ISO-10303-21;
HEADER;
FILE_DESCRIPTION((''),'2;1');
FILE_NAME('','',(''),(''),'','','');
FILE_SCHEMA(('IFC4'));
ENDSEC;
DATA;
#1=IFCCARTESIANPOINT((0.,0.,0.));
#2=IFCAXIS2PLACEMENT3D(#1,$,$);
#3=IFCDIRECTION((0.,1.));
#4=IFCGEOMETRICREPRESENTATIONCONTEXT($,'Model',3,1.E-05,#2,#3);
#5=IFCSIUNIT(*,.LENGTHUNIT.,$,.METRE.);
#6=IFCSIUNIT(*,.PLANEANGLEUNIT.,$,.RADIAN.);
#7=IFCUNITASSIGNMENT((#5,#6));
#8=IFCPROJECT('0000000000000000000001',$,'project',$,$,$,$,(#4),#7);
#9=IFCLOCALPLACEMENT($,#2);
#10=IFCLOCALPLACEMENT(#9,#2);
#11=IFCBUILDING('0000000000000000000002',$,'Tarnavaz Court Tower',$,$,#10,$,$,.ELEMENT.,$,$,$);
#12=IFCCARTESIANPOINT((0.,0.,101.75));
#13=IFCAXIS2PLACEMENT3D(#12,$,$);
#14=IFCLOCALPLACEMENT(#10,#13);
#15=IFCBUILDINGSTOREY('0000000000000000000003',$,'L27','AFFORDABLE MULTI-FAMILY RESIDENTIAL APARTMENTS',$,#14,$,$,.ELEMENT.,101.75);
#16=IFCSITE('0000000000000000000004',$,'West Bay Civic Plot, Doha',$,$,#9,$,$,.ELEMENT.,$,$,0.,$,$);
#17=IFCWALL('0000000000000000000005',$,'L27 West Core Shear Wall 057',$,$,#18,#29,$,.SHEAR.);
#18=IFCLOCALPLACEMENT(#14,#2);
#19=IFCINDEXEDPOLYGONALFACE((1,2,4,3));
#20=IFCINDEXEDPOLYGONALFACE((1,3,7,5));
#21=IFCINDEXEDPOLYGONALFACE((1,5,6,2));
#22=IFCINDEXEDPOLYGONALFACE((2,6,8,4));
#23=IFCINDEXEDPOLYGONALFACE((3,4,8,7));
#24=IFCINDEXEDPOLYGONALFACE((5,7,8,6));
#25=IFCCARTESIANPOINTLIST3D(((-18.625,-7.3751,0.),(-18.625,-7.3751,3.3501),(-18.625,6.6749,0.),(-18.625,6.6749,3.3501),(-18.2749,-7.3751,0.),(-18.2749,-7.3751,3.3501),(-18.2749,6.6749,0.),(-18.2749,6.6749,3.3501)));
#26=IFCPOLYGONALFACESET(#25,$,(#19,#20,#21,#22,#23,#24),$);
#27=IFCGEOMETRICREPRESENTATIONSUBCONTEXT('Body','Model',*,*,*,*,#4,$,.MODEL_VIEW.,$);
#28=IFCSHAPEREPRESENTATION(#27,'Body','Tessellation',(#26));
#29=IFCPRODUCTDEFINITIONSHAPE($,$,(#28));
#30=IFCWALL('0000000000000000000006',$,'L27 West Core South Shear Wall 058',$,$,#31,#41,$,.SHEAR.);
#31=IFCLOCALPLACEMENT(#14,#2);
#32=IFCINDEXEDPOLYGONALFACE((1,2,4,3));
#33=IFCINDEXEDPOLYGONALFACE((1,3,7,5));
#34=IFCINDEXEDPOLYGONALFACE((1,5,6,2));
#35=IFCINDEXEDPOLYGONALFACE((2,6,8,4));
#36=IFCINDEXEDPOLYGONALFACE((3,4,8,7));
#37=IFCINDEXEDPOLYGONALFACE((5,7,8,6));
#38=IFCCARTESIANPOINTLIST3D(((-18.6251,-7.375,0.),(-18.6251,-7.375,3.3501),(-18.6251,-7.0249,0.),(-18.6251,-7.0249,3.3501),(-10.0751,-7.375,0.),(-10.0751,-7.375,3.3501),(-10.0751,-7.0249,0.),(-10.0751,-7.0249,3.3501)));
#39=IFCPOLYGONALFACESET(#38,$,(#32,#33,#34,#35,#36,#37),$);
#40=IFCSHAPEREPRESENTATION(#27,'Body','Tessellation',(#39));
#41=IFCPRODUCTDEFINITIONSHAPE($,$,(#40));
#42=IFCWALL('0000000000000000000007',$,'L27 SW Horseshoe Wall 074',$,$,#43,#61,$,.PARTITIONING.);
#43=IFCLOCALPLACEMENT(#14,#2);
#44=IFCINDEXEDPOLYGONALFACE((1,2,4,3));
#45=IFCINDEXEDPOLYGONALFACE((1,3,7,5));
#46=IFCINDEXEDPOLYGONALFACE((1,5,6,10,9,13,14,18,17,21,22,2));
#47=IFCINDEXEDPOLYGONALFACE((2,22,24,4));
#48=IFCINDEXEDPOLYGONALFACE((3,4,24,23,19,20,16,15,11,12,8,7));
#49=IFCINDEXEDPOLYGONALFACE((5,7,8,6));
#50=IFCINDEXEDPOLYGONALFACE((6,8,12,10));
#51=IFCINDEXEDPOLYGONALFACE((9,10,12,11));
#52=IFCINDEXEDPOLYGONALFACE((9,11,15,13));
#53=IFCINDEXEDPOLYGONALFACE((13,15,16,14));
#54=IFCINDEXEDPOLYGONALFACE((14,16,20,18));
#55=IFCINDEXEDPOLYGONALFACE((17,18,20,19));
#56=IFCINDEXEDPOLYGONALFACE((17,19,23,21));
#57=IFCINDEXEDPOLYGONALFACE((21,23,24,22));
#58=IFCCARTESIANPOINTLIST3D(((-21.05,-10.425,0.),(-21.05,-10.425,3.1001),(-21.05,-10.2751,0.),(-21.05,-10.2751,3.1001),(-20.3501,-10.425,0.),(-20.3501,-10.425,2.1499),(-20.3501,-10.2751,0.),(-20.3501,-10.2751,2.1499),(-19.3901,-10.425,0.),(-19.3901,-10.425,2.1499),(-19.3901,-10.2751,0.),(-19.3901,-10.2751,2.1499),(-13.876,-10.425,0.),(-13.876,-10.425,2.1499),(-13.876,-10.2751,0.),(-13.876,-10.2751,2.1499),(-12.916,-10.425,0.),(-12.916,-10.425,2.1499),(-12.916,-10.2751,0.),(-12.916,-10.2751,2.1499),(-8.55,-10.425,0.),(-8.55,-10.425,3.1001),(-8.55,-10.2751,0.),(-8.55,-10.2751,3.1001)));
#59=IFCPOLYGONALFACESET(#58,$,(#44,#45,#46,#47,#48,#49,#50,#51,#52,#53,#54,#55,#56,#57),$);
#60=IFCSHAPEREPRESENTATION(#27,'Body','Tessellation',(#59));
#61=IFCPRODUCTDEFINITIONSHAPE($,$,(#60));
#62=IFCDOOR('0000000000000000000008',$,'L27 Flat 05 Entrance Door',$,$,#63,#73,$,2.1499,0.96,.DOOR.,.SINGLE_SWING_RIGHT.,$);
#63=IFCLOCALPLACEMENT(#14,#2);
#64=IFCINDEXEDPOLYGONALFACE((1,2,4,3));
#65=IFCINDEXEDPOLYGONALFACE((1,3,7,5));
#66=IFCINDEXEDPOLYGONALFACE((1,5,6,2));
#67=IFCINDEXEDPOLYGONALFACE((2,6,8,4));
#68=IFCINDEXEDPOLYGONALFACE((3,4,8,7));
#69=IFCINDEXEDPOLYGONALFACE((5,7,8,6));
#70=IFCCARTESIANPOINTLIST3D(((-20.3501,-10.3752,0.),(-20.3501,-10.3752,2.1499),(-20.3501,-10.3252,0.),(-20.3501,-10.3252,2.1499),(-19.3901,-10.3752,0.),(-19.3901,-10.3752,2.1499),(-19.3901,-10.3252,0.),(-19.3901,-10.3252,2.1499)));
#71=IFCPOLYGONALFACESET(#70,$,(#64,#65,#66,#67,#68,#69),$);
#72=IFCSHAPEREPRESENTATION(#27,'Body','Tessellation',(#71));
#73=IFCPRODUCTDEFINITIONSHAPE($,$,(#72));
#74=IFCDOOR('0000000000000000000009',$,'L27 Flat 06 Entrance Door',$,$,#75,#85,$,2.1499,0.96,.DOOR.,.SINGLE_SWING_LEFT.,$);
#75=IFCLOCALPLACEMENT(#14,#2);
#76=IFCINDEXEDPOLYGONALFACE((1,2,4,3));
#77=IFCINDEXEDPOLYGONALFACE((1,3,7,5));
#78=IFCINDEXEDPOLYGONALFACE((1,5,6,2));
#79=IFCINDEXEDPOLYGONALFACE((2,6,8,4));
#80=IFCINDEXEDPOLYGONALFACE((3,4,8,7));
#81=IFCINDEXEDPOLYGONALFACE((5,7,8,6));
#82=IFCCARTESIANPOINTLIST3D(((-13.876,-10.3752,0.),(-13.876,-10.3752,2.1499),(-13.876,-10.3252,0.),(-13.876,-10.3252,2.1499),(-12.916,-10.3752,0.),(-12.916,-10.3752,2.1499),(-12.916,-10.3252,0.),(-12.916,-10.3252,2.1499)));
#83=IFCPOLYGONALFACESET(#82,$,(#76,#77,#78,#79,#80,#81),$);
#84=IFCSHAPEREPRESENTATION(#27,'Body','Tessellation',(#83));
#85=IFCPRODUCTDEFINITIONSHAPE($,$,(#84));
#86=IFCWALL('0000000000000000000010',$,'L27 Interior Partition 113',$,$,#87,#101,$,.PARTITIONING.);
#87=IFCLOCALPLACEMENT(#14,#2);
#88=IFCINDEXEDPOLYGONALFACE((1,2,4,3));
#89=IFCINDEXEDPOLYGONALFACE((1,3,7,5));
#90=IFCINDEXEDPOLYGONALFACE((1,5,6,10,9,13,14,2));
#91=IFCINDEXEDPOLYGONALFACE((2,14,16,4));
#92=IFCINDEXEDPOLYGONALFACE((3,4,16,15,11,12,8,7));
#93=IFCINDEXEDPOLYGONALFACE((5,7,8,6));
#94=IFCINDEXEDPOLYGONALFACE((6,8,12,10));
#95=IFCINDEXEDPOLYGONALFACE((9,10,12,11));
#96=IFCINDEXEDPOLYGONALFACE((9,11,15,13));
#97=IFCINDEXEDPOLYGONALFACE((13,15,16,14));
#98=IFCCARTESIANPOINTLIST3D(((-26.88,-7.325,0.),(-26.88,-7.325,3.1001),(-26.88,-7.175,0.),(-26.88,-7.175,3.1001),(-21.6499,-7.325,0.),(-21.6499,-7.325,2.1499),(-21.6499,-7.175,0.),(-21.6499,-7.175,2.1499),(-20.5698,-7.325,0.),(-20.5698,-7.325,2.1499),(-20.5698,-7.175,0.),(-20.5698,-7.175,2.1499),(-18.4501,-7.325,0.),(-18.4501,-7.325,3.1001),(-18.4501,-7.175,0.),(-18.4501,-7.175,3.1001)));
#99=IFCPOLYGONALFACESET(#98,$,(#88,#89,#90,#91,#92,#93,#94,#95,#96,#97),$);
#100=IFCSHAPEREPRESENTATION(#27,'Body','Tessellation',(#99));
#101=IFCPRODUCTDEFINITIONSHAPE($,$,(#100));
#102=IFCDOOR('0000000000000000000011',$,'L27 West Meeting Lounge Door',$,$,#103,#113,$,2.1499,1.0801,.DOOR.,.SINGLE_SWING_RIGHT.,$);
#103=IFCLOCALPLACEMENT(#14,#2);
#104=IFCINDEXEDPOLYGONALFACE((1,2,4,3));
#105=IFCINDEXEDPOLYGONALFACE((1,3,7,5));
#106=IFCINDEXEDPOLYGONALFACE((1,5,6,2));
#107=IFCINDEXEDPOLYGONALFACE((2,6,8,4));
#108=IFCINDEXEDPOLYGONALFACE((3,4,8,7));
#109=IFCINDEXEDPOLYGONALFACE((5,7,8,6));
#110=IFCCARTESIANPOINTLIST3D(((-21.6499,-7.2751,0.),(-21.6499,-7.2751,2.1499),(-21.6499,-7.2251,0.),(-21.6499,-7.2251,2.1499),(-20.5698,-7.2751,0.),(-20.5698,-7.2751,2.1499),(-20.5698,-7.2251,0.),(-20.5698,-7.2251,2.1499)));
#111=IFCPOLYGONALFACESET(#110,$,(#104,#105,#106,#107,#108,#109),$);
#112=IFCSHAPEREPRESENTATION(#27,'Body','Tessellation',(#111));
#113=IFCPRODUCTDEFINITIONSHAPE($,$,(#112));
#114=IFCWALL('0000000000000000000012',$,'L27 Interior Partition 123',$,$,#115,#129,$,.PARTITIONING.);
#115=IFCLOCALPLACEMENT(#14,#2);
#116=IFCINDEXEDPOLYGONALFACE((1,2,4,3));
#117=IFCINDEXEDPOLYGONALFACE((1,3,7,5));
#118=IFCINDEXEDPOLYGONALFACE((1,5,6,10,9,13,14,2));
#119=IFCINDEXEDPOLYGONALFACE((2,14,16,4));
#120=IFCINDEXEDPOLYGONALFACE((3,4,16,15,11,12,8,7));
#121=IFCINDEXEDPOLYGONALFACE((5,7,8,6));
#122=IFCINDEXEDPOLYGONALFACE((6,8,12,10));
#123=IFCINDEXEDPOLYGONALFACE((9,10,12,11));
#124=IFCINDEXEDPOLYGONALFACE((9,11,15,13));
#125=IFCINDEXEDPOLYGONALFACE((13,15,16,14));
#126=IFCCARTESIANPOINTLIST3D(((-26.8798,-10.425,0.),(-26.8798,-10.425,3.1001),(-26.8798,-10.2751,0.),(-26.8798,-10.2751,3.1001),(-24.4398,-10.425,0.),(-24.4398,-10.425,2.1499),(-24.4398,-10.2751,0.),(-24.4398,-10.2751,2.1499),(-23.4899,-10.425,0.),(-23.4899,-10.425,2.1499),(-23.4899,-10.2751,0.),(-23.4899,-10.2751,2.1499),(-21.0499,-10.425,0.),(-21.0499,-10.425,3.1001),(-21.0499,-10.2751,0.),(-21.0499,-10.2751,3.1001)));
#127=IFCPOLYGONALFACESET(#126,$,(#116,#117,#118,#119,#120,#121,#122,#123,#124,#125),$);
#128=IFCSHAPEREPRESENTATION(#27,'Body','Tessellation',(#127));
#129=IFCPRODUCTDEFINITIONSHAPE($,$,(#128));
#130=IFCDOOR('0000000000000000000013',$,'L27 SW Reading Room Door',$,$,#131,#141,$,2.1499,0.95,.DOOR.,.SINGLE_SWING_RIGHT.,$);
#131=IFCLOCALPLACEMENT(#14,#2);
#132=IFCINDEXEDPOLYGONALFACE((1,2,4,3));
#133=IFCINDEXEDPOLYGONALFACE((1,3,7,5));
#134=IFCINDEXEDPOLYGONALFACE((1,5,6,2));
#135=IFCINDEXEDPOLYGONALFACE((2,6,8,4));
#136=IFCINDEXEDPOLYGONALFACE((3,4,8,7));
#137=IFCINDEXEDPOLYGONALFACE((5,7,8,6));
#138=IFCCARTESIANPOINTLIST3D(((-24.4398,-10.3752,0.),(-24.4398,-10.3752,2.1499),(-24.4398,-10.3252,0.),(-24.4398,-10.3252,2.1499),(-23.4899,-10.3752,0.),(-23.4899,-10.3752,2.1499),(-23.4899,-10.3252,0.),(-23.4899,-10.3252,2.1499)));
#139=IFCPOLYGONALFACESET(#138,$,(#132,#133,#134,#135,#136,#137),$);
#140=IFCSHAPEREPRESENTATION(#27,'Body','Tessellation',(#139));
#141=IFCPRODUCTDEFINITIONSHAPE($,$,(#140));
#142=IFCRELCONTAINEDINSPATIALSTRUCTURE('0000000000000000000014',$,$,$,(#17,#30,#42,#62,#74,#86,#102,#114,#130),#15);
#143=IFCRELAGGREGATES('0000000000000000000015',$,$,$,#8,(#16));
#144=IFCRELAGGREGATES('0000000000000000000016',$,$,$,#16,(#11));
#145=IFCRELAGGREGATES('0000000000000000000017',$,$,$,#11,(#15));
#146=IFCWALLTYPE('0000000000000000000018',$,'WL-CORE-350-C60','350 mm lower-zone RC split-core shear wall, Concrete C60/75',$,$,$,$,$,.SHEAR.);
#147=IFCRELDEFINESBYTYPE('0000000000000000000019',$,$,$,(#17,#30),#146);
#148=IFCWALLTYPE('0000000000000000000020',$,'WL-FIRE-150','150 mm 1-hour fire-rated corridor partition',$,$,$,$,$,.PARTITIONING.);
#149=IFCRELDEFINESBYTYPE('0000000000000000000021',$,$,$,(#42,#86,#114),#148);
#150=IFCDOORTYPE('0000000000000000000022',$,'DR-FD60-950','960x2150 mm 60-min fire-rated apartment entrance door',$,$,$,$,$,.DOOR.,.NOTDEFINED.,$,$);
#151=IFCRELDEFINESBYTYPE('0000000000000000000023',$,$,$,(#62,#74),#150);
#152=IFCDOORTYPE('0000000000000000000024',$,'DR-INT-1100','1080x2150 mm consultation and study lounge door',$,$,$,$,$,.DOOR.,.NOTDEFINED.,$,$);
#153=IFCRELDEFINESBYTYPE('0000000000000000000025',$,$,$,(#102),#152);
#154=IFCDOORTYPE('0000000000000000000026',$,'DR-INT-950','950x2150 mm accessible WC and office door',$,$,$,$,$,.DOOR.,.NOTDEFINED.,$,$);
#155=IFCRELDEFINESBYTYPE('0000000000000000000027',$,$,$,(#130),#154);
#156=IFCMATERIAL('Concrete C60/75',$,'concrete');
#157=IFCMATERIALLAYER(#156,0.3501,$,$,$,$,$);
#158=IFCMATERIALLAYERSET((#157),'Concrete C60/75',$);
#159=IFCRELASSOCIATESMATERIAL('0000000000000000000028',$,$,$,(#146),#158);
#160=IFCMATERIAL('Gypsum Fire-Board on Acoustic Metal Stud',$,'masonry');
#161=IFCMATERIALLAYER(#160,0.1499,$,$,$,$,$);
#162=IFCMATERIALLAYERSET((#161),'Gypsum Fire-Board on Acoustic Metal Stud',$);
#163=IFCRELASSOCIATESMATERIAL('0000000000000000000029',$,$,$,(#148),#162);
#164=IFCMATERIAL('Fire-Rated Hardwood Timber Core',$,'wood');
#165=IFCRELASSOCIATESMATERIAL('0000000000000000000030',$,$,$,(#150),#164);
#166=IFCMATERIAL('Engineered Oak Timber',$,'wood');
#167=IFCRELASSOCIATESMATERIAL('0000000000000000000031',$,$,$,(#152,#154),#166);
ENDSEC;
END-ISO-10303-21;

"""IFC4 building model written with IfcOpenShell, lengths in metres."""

from ifc_helpers import new_model, si_unit, direction, frame, frame_2d, origin, place, context, subcontext, project, spatial, rectangle, extrude, material, layer, layer_set, type_object, element, fill, save


model = new_model("IFC4")

# Units and contexts
model_context = context("Model", 3, precision=1e-05, world=origin(), true_north=direction((0.0, 1.0)))
body_context = subcontext(model_context, "Body", "Model", "MODEL_VIEW")
ifc_project = project(units=[si_unit("LENGTHUNIT", "METRE"), si_unit("PLANEANGLEUNIT", "RADIAN")], contexts=[model_context])

# Site, building, storey
site_placement = place(None, origin())
site = spatial("IfcSite", under=ifc_project, at=site_placement, Name="West Bay Civic Plot, Doha", CompositionType="ELEMENT", RefElevation=0.0)
building_placement = place(site_placement, origin())
building = spatial("IfcBuilding", under=site, at=building_placement, Name="Tarnavaz Court Tower", CompositionType="ELEMENT")
storey_placement = place(building_placement, frame((0.0, 0.0, 101.75)))
storey = spatial("IfcBuildingStorey", under=building, at=storey_placement, Name="L27", Description="AFFORDABLE MULTI-FAMILY RESIDENTIAL APARTMENTS", CompositionType="ELEMENT", Elevation=101.75)

# Shared definitions
ifc_material_1 = material(Name="Concrete C60/75", Category="concrete")

# Walls
ifc_layer_1 = layer(ifc_material_1, 0.3501)
ifc_layer_set_1 = layer_set([ifc_layer_1], Name="Concrete C60/75")
wall_type_1 = type_object("IfcWallType", Name="WL-CORE-350-C60", Description="350 mm lower-zone RC split-core shear wall, Concrete C60/75", PredefinedType="SHEAR", material=ifc_layer_set_1)
wall_1_placement = place(storey_placement, frame((-18.45, -7.375, 0.0), z_axis=(0.0, 0.0, 1.0), x_axis=(0.0, 1.0, 0.0)))
element("IfcWall", 1, at=wall_1_placement, inside=storey, type_object=wall_type_1, Name="L27 West Core Shear Wall 057", PredefinedType="SHEAR", context=body_context, shape_type="SweptSolid", body=[
    extrude(rectangle(XDim=14.05, YDim=0.3501, at=frame_2d((7.0249, 0.0))), origin(), (0.0, 0.0, 1.0), 3.3501),
])
wall_2_placement = place(storey_placement, frame((-18.625, -7.2, 0.0), z_axis=(0.0, 0.0, 1.0), x_axis=(1.0, 0.0, 0.0)))
element("IfcWall", 2, at=wall_2_placement, inside=storey, type_object=wall_type_1, Name="L27 West Core South Shear Wall 058", PredefinedType="SHEAR", context=body_context, shape_type="SweptSolid", body=[
    extrude(rectangle(XDim=8.55, YDim=0.3501, at=frame_2d((4.2749, 0.0))), origin(), (0.0, 0.0, 1.0), 3.3501),
])

# Wall, openings, doors
ifc_material_2 = material(Name="Gypsum Fire-Board on Acoustic Metal Stud", Category="masonry")
ifc_layer_2 = layer(ifc_material_2, 0.1499)
ifc_layer_set_2 = layer_set([ifc_layer_2], Name="Gypsum Fire-Board on Acoustic Metal Stud")
wall_type_2 = type_object("IfcWallType", Name="WL-FIRE-150", Description="150 mm 1-hour fire-rated corridor partition", PredefinedType="PARTITIONING", material=ifc_layer_set_2)
wall_3_placement = place(storey_placement, frame((-21.05, -10.3501, 0.0), z_axis=(0.0, 0.0, 1.0), x_axis=(1.0, 0.0, 0.0)))
wall_3 = element("IfcWall", 3, at=wall_3_placement, inside=storey, type_object=wall_type_2, Name="L27 SW Horseshoe Wall 074", PredefinedType="PARTITIONING", context=body_context, shape_type="SweptSolid", body=[
    extrude(rectangle(XDim=12.5, YDim=0.1499, at=frame_2d((6.25, 0.0))), origin(), (0.0, 0.0, 1.0), 3.1001),
])
opening_1_placement = place(wall_3_placement, frame((0.7, 0.0, 0.0)))
opening_1 = element("IfcOpeningElement", 4, at=opening_1_placement, cuts=wall_3, PredefinedType="OPENING", context=body_context, shape_type="SweptSolid", body=[
    extrude(rectangle(XDim=0.96, YDim=2.1499, at=frame_2d((0.48, 1.075))), frame((0.0, 0.085, 0.0), z_axis=(0.0, -1.0, 0.0), x_axis=(1.0, 0.0, 0.0)), (0.0, 0.0, 1.0), 0.1699),
])
opening_2_placement = place(wall_3_placement, frame((7.1741, 0.0, 0.0)))
opening_2 = element("IfcOpeningElement", 5, at=opening_2_placement, cuts=wall_3, PredefinedType="OPENING", context=body_context, shape_type="SweptSolid", body=[
    extrude(rectangle(XDim=0.96, YDim=2.1499, at=frame_2d((0.48, 1.075))), frame((0.0, 0.085, 0.0), z_axis=(0.0, -1.0, 0.0), x_axis=(1.0, 0.0, 0.0)), (0.0, 0.0, 1.0), 0.1699),
])
ifc_material_3 = material(Name="Fire-Rated Hardwood Timber Core", Category="wood")
door_type_1 = type_object("IfcDoorType", Name="DR-FD60-950", Description="960x2150 mm 60-min fire-rated apartment entrance door", OperationType="NOTDEFINED", PredefinedType="DOOR", material=ifc_material_3)
door_1_placement = place(opening_1_placement, origin())
door_1 = element("IfcDoor", 6, at=door_1_placement, inside=storey, type_object=door_type_1, Name="L27 Flat 05 Entrance Door", OperationType="SINGLE_SWING_RIGHT", OverallHeight=2.1499, OverallWidth=0.96, PredefinedType="DOOR", context=body_context, shape_type="SweptSolid", body=[
    extrude(rectangle(XDim=0.96, YDim=2.1499, at=frame_2d((0.48, 1.075))), frame((0.0, 0.0249, 0.0), z_axis=(0.0, -1.0, 0.0), x_axis=(1.0, 0.0, 0.0)), (0.0, 0.0, 1.0), 0.05),
])
fill(opening_1, door_1)
door_2_placement = place(opening_2_placement, origin())
door_2 = element("IfcDoor", 7, at=door_2_placement, inside=storey, type_object=door_type_1, Name="L27 Flat 06 Entrance Door", OperationType="SINGLE_SWING_LEFT", OverallHeight=2.1499, OverallWidth=0.96, PredefinedType="DOOR", context=body_context, shape_type="SweptSolid", body=[
    extrude(rectangle(XDim=0.96, YDim=2.1499, at=frame_2d((0.48, 1.075))), frame((0.0, 0.0249, 0.0), z_axis=(0.0, -1.0, 0.0), x_axis=(1.0, 0.0, 0.0)), (0.0, 0.0, 1.0), 0.05),
])
fill(opening_2, door_2)

# Walls, openings, doors
wall_4_placement = place(storey_placement, frame((-26.8799, -7.25, 0.0), z_axis=(0.0, 0.0, 1.0), x_axis=(1.0, 0.0, 0.0)))
wall_4 = element("IfcWall", 8, at=wall_4_placement, inside=storey, type_object=wall_type_2, Name="L27 Interior Partition 113", PredefinedType="PARTITIONING", context=body_context, shape_type="SweptSolid", body=[
    extrude(rectangle(XDim=8.4299, YDim=0.1499, at=frame_2d((4.2148, 0.0))), origin(), (0.0, 0.0, 1.0), 3.1001),
])
opening_3_placement = place(wall_4_placement, frame((5.23, 0.0, 0.0)))
opening_3 = element("IfcOpeningElement", 9, at=opening_3_placement, cuts=wall_4, PredefinedType="OPENING", context=body_context, shape_type="SweptSolid", body=[
    extrude(rectangle(XDim=1.0801, YDim=2.1499, at=frame_2d((0.54, 1.075))), frame((0.0, 0.085, 0.0), z_axis=(0.0, -1.0, 0.0), x_axis=(1.0, 0.0, 0.0)), (0.0, 0.0, 1.0), 0.1699),
])
ifc_material_4 = material(Name="Engineered Oak Timber", Category="wood")
door_type_2 = type_object("IfcDoorType", Name="DR-INT-1100", Description="1080x2150 mm consultation and study lounge door", OperationType="NOTDEFINED", PredefinedType="DOOR", material=ifc_material_4)
door_3_placement = place(opening_3_placement, origin())
door_3 = element("IfcDoor", 10, at=door_3_placement, inside=storey, type_object=door_type_2, Name="L27 West Meeting Lounge Door", OperationType="SINGLE_SWING_RIGHT", OverallHeight=2.1499, OverallWidth=1.0801, PredefinedType="DOOR", context=body_context, shape_type="SweptSolid", body=[
    extrude(rectangle(XDim=1.0801, YDim=2.1499, at=frame_2d((0.54, 1.075))), frame((0.0, 0.0249, 0.0), z_axis=(0.0, -1.0, 0.0), x_axis=(1.0, 0.0, 0.0)), (0.0, 0.0, 1.0), 0.05),
])
fill(opening_3, door_3)
wall_5_placement = place(storey_placement, frame((-26.8799, -10.3501, 0.0), z_axis=(0.0, 0.0, 1.0), x_axis=(1.0, 0.0, 0.0)))
wall_5 = element("IfcWall", 11, at=wall_5_placement, inside=storey, type_object=wall_type_2, Name="L27 Interior Partition 123", PredefinedType="PARTITIONING", context=body_context, shape_type="SweptSolid", body=[
    extrude(rectangle(XDim=5.8298, YDim=0.1499, at=frame_2d((2.915, 0.0))), origin(), (0.0, 0.0, 1.0), 3.1001),
])
opening_4_placement = place(wall_5_placement, frame((2.4399, 0.0, 0.0)))
opening_4 = element("IfcOpeningElement", 12, at=opening_4_placement, cuts=wall_5, PredefinedType="OPENING", context=body_context, shape_type="SweptSolid", body=[
    extrude(rectangle(XDim=0.95, YDim=2.1499, at=frame_2d((0.4751, 1.075))), frame((0.0, 0.085, 0.0), z_axis=(0.0, -1.0, 0.0), x_axis=(1.0, 0.0, 0.0)), (0.0, 0.0, 1.0), 0.1699),
])
door_type_3 = type_object("IfcDoorType", Name="DR-INT-950", Description="950x2150 mm accessible WC and office door", OperationType="NOTDEFINED", PredefinedType="DOOR", material=ifc_material_4)
door_4_placement = place(opening_4_placement, origin())
door_4 = element("IfcDoor", 13, at=door_4_placement, inside=storey, type_object=door_type_3, Name="L27 SW Reading Room Door", OperationType="SINGLE_SWING_RIGHT", OverallHeight=2.1499, OverallWidth=0.95, PredefinedType="DOOR", context=body_context, shape_type="SweptSolid", body=[
    extrude(rectangle(XDim=0.95, YDim=2.1499, at=frame_2d((0.4751, 1.075))), frame((0.0, 0.0249, 0.0), z_axis=(0.0, -1.0, 0.0), x_axis=(1.0, 0.0, 0.0)), (0.0, 0.0, 1.0), 0.05),
])
fill(opening_4, door_4)

save(model, "model.ifc")
